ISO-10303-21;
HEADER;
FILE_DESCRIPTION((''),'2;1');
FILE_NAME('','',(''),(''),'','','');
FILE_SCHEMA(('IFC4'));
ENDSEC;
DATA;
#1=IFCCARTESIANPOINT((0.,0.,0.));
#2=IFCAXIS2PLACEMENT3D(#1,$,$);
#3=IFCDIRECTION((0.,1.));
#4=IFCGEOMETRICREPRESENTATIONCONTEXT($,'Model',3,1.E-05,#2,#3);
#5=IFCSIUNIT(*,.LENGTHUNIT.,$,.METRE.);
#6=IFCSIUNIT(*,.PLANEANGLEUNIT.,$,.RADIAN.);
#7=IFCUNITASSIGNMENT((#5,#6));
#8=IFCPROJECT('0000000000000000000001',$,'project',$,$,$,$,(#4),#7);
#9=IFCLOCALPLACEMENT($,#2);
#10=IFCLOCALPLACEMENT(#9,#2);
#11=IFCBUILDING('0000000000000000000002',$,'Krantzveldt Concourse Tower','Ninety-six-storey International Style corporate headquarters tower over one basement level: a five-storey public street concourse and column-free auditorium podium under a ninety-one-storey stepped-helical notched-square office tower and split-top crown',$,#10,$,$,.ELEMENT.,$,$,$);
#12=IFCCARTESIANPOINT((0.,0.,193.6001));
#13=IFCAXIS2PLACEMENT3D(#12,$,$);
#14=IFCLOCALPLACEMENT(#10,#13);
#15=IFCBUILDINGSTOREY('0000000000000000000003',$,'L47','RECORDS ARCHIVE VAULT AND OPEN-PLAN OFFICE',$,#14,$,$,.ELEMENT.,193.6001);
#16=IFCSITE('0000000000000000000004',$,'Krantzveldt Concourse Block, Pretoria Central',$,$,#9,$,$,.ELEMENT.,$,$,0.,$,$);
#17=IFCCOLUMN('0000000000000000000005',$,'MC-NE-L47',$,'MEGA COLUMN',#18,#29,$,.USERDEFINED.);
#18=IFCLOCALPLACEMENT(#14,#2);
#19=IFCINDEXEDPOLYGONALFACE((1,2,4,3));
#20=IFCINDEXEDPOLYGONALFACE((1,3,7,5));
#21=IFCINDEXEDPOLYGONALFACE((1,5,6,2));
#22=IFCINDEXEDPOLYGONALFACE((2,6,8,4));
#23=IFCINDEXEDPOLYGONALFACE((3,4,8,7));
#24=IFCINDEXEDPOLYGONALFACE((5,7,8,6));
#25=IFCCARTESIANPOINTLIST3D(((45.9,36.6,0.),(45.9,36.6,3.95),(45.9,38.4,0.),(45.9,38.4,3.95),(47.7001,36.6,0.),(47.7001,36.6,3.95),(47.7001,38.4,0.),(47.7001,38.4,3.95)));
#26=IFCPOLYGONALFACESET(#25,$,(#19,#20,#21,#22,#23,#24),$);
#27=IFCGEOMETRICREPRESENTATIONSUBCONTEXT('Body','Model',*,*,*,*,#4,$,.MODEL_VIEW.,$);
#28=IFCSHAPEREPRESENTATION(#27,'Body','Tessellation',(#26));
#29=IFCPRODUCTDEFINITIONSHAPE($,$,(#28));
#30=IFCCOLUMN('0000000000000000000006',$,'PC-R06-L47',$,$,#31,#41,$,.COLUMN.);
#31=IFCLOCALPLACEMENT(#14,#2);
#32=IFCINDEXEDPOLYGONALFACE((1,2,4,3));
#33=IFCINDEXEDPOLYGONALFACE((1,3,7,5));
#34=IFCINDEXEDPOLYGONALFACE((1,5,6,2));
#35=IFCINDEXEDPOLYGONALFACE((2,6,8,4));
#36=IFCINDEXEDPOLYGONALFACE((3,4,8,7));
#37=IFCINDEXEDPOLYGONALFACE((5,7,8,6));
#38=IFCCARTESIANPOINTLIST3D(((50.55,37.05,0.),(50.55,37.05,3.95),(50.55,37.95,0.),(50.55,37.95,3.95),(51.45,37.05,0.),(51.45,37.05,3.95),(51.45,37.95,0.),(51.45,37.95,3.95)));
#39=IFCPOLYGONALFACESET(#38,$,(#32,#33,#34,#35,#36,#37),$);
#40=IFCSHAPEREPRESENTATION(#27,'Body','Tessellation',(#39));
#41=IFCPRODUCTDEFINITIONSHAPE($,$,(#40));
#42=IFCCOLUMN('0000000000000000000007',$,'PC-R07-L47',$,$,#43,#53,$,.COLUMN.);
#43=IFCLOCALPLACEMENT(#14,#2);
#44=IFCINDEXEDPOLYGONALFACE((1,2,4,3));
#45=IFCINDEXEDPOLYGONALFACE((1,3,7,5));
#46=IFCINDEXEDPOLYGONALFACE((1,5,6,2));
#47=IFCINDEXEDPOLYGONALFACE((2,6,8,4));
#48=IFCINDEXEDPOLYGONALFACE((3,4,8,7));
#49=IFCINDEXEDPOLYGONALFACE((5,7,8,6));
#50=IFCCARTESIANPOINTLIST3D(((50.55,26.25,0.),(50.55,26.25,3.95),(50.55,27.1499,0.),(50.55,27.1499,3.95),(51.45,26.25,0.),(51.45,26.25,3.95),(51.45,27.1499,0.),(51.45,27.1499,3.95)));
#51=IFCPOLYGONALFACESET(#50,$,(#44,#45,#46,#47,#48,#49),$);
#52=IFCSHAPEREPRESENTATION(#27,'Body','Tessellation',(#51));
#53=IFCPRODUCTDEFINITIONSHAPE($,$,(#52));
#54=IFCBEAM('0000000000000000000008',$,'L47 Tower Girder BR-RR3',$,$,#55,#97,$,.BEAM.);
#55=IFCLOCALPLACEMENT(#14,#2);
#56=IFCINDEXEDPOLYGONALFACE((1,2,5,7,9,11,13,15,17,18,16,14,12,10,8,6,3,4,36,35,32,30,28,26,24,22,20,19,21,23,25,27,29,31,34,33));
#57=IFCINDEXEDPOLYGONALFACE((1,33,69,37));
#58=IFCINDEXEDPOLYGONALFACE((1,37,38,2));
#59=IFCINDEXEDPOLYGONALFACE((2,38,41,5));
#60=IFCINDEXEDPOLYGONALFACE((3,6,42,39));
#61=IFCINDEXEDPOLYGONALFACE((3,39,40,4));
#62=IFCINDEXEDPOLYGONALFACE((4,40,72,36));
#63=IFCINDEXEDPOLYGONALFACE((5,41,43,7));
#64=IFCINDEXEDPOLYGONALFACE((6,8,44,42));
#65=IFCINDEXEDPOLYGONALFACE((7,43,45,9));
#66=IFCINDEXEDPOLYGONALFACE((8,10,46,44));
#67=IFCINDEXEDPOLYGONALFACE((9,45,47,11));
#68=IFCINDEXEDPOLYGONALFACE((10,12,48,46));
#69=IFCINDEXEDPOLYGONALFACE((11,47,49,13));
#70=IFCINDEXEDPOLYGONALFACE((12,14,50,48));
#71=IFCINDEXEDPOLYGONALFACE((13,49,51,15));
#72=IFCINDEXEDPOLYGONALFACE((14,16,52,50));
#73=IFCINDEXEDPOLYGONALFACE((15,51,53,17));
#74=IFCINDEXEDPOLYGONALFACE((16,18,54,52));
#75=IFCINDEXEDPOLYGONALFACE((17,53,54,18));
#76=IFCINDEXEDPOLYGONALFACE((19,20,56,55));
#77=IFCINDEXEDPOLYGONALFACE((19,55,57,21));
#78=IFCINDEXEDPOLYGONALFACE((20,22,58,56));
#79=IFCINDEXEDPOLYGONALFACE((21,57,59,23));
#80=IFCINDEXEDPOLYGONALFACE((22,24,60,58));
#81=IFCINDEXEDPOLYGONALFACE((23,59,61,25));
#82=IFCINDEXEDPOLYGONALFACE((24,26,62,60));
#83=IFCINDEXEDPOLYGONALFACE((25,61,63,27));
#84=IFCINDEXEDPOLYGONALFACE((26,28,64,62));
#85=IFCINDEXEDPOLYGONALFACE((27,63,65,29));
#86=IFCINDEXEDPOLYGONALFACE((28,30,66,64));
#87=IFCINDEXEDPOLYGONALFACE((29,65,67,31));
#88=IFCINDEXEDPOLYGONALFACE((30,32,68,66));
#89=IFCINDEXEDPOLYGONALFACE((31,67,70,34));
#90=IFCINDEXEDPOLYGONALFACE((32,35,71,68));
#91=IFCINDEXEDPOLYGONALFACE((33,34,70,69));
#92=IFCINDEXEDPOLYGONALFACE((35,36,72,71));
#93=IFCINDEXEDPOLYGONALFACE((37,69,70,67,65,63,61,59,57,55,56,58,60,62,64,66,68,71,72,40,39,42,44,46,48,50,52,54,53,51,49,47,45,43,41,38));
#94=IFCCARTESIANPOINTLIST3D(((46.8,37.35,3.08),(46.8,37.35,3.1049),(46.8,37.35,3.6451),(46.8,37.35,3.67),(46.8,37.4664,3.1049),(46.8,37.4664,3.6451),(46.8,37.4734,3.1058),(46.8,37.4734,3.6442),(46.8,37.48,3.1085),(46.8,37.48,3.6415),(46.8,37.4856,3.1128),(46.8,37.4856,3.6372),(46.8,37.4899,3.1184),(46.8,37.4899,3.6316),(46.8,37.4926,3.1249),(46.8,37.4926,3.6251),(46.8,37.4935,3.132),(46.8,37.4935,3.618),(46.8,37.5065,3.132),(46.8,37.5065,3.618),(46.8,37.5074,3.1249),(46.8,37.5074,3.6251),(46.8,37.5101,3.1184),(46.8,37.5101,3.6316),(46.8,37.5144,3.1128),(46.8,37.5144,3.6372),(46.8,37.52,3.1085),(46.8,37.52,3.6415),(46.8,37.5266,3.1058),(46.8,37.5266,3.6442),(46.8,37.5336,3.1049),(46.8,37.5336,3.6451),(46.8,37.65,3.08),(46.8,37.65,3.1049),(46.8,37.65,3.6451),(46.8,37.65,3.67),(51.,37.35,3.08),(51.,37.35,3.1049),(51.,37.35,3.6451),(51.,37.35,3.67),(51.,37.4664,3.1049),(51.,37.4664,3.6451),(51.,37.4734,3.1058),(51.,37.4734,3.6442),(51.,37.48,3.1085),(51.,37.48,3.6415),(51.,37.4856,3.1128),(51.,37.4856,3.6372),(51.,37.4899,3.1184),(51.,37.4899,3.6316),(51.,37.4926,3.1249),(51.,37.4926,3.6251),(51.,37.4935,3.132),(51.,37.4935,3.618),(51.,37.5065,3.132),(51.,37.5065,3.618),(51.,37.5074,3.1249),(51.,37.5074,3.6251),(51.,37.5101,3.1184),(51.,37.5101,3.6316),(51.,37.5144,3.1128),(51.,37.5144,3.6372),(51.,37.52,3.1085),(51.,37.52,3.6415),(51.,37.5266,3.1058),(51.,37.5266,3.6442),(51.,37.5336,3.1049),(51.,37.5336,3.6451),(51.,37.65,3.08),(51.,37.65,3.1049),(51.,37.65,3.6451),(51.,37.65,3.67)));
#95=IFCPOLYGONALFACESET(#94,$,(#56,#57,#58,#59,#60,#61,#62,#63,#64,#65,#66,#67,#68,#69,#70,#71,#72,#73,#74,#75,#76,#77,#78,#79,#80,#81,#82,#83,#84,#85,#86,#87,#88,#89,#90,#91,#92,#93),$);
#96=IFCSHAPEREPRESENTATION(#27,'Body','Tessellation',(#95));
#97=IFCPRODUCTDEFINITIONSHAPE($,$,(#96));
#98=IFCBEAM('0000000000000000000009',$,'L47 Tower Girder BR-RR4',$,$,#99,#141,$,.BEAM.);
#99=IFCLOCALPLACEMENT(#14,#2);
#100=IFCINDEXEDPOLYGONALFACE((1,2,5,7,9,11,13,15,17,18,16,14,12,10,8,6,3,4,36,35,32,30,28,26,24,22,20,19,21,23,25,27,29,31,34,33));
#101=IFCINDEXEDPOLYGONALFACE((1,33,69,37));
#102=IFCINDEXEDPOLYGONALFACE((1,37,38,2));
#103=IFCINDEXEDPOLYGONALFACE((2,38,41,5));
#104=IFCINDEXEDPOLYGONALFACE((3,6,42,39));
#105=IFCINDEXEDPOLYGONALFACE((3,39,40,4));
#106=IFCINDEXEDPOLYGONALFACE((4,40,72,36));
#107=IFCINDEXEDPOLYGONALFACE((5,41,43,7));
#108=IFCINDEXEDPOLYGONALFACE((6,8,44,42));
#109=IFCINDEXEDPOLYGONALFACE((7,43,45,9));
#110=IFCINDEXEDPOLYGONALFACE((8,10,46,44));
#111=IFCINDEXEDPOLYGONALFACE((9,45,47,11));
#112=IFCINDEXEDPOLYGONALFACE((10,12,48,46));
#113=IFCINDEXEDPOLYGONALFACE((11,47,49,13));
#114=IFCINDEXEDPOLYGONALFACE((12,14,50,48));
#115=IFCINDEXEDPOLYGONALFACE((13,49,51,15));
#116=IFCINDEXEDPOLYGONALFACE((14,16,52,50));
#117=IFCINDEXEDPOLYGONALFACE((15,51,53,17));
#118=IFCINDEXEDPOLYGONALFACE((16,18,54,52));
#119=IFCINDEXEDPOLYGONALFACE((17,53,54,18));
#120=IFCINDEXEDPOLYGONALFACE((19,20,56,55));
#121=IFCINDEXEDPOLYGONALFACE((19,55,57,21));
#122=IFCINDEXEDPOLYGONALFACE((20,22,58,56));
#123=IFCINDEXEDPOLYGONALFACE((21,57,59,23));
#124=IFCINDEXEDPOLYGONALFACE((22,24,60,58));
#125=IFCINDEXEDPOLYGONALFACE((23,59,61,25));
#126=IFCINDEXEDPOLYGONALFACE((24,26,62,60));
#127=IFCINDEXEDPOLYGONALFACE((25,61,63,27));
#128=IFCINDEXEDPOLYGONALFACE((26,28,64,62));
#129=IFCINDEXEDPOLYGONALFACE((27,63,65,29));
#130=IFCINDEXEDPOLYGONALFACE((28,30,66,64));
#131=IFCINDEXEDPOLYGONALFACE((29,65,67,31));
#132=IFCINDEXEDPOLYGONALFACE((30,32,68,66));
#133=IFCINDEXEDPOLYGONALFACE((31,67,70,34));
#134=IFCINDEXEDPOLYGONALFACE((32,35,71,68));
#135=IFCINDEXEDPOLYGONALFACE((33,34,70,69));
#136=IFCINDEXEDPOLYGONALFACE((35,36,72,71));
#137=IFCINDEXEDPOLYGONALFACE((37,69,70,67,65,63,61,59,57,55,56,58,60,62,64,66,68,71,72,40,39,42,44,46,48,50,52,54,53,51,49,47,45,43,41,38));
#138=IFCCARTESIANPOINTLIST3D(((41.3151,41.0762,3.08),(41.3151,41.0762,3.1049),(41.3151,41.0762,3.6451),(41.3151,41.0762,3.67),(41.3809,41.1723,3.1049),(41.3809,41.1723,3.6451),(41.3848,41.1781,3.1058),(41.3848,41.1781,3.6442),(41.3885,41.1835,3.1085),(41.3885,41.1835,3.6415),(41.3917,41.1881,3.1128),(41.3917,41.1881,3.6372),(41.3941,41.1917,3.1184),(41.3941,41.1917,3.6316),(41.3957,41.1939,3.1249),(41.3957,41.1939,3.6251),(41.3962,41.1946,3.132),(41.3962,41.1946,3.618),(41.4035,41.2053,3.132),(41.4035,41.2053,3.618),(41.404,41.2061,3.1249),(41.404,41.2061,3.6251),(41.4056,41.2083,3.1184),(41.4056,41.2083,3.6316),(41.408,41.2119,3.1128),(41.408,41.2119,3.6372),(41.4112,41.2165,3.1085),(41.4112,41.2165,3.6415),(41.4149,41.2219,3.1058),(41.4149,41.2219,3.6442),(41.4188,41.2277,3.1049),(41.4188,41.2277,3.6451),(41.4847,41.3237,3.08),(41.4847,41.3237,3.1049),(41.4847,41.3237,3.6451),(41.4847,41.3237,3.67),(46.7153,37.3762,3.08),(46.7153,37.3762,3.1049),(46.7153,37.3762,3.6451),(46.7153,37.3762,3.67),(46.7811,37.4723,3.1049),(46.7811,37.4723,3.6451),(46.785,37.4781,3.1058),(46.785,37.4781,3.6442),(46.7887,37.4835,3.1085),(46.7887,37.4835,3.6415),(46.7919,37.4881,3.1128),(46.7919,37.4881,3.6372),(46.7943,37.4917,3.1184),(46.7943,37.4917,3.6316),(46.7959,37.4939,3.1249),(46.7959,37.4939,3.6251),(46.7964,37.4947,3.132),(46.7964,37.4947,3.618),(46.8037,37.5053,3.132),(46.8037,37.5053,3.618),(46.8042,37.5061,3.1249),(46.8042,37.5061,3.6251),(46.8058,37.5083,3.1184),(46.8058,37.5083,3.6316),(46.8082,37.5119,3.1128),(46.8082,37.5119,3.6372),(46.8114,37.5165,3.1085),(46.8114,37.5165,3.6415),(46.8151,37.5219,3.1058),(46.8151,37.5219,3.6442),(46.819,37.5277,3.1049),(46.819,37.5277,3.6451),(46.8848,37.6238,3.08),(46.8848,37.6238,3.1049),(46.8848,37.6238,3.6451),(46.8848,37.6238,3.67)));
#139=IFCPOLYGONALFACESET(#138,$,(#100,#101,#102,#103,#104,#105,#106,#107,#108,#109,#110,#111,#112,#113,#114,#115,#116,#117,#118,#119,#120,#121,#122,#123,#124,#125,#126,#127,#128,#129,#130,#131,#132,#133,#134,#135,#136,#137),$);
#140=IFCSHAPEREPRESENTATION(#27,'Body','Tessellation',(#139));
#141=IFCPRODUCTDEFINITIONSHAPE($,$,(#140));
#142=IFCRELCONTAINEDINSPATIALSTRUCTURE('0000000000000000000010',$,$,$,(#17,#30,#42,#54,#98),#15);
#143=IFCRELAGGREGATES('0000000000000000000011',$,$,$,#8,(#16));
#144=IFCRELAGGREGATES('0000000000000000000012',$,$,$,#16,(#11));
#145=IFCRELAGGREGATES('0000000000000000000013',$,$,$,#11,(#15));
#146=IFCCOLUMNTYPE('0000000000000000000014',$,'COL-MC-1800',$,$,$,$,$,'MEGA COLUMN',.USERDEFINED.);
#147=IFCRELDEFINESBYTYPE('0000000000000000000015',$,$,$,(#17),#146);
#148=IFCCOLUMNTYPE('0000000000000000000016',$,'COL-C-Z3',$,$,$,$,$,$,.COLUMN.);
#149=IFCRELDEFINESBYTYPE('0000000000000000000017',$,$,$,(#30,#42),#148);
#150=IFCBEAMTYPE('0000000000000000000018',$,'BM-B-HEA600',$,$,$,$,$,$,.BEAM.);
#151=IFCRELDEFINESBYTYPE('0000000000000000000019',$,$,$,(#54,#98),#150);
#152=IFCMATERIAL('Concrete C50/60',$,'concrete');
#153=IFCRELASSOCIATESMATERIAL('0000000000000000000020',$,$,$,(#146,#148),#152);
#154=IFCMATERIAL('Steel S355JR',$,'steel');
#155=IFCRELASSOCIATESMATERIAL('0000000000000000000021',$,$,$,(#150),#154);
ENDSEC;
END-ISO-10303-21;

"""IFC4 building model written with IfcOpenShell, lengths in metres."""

from ifc_helpers import new_model, si_unit, direction, frame, origin, origin_2d, place, context, subcontext, project, spatial, rectangle, i_section, extrude, source, transform, mapped, material, material_profile, profile_set, type_object, type_shapes, element, save


model = new_model("IFC4")

# Units and contexts
model_context = context("Model", 3, precision=1e-05, world=origin(), true_north=direction((0.0, 1.0)))
body_context = subcontext(model_context, "Body", "Model", "MODEL_VIEW")
ifc_project = project(units=[si_unit("LENGTHUNIT", "METRE"), si_unit("PLANEANGLEUNIT", "RADIAN")], contexts=[model_context])

# Site, building, storey
site_placement = place(None, origin())
site = spatial("IfcSite", under=ifc_project, at=site_placement, Name="Krantzveldt Concourse Block, Pretoria Central", CompositionType="ELEMENT", RefElevation=0.0)
building_placement = place(site_placement, origin())
building = spatial("IfcBuilding", under=site, at=building_placement, Name="Krantzveldt Concourse Tower", Description="Ninety-six-storey International Style corporate headquarters tower over one basement level: a five-storey public street concourse and column-free auditorium podium under a ninety-one-storey stepped-helical notched-square office tower and split-top crown", CompositionType="ELEMENT")
storey_placement = place(building_placement, frame((0.0, 0.0, 193.6001)))
storey = spatial("IfcBuildingStorey", under=building, at=storey_placement, Name="L47", Description="RECORDS ARCHIVE VAULT AND OPEN-PLAN OFFICE", CompositionType="ELEMENT", Elevation=193.6001)

# Columns
ifc_material_1 = material(Name="Concrete C50/60", Category="concrete")
ifc_material_profile_1 = material_profile(ifc_material_1, rectangle(XDim=1.8, YDim=1.8, at=origin_2d()), Name="Concrete C50/60", Category="concrete")
ifc_profile_set_1 = profile_set([ifc_material_profile_1], Name="Concrete C50/60 - RC 1800x1800")
column_type_1 = type_object("IfcColumnType", Name="COL-MC-1800", ElementType="MEGA COLUMN", PredefinedType="USERDEFINED", material=ifc_profile_set_1)
shared_shape_1 = source(origin(), body_context, "Body", "SweptSolid", [
    extrude(rectangle(XDim=1.8, YDim=1.8, at=origin_2d()), origin(), (0.0, 0.0, 1.0), 3.95),
])
type_shapes(column_type_1, [shared_shape_1])
column_placement = place(storey_placement, frame((46.8, 37.5, 0.0), z_axis=(0.0, 0.0, 1.0), x_axis=(1.0, 0.0, 0.0)))
element("IfcColumn", 1, at=column_placement, inside=storey, type_object=column_type_1, Name="MC-NE-L47", ObjectType="MEGA COLUMN", PredefinedType="USERDEFINED", context=body_context, shape_type="MappedRepresentation", body=[
    mapped(shared_shape_1, transform((0.0, 0.0, 0.0), x_axis=(1.0, 0.0, 0.0), y_axis=(0.0, 1.0, 0.0), z_axis=(0.0, 0.0, 1.0), scale=1.0)),
])
ifc_material_profile_2 = material_profile(ifc_material_1, rectangle(XDim=0.8999, YDim=0.8999, at=origin_2d()), Name="Concrete C50/60", Category="concrete")
ifc_profile_set_2 = profile_set([ifc_material_profile_2], Name="Concrete C50/60 - RC 900x900")
column_type_2 = type_object("IfcColumnType", Name="COL-C-Z3", PredefinedType="COLUMN", material=ifc_profile_set_2)
shared_shape_2 = source(origin(), body_context, "Body", "SweptSolid", [
    extrude(rectangle(XDim=0.8999, YDim=0.8999, at=origin_2d()), origin(), (0.0, 0.0, 1.0), 3.95),
])
type_shapes(column_type_2, [shared_shape_2])
for number, where, z_axis, x_axis, name in (
    (2, (51.0, 37.5, 0.0), (0.0, 0.0, 1.0), (1.0, 0.0, 0.0), "PC-R06-L47"),
    (3, (51.0, 26.7, 0.0), (0.0, 0.0, 1.0), (1.0, 0.0, 0.0), "PC-R07-L47"),
):
    element("IfcColumn", number, at=place(storey_placement, frame(where, z_axis=z_axis, x_axis=x_axis)), inside=storey, type_object=column_type_2, Name=name, PredefinedType="COLUMN", context=body_context, shape_type="MappedRepresentation", body=[
        mapped(shared_shape_2, transform((0.0, 0.0, 0.0), x_axis=(1.0, 0.0, 0.0), y_axis=(0.0, 1.0, 0.0), z_axis=(0.0, 0.0, 1.0), scale=1.0)),
    ])

# Beams
ifc_material_2 = material(Name="Steel S355JR", Category="steel")
ifc_material_profile_3 = material_profile(ifc_material_2, i_section(OverallWidth=0.3, OverallDepth=0.5901, WebThickness=0.0129, FlangeThickness=0.0249, FilletRadius=0.0271, at=origin_2d()), Name="Steel S355JR", Category="steel")
ifc_profile_set_3 = profile_set([ifc_material_profile_3], Name="Steel S355JR - HEA 600")
beam_type_1 = type_object("IfcBeamType", Name="BM-B-HEA600", PredefinedType="BEAM", material=ifc_profile_set_3)
shared_shape_3 = source(origin(), body_context, "Body", "SweptSolid", [
    extrude(i_section(OverallWidth=0.3, OverallDepth=0.5901, WebThickness=0.0129, FlangeThickness=0.0249, FilletRadius=0.0271, at=origin_2d()), origin(), (0.0, 0.0, 1.0), 4.2),
])
beam_1_placement = place(storey_placement, frame((46.8, 37.5, 3.375), z_axis=(1.0, 0.0, 0.0), x_axis=(0.0, 1.0, 0.0)))
element("IfcBeam", 4, at=beam_1_placement, inside=storey, type_object=beam_type_1, Name="L47 Tower Girder BR-RR3", PredefinedType="BEAM", context=body_context, shape_type="MappedRepresentation", body=[
    mapped(shared_shape_3, transform((0.0, 0.0, 0.0), x_axis=(1.0, 0.0, 0.0), y_axis=(0.0, 1.0, 0.0), z_axis=(0.0, 0.0, 1.0), scale=1.0)),
])
shared_shape_4 = source(origin(), body_context, "Body", "SweptSolid", [
    extrude(i_section(OverallWidth=0.3, OverallDepth=0.5901, WebThickness=0.0129, FlangeThickness=0.0249, FilletRadius=0.0271, at=origin_2d()), origin(), (0.0, 0.0, 1.0), 6.5461),
])
type_shapes(beam_type_1, [shared_shape_3, shared_shape_4])
beam_2_placement = place(storey_placement, frame((46.8, 37.5, 3.375), z_axis=(-0.824943, 0.565216, 0.0), x_axis=(-0.565216, -0.824943, 0.0)))
element("IfcBeam", 5, at=beam_2_placement, inside=storey, type_object=beam_type_1, Name="L47 Tower Girder BR-RR4", PredefinedType="BEAM", context=body_context, shape_type="MappedRepresentation", body=[
    mapped(shared_shape_4, transform((0.0, 0.0, 0.0), x_axis=(1.0, 0.0, 0.0), y_axis=(0.0, 1.0, 0.0), z_axis=(0.0, 0.0, 1.0), scale=1.0)),
])

save(model, "model.ifc")
